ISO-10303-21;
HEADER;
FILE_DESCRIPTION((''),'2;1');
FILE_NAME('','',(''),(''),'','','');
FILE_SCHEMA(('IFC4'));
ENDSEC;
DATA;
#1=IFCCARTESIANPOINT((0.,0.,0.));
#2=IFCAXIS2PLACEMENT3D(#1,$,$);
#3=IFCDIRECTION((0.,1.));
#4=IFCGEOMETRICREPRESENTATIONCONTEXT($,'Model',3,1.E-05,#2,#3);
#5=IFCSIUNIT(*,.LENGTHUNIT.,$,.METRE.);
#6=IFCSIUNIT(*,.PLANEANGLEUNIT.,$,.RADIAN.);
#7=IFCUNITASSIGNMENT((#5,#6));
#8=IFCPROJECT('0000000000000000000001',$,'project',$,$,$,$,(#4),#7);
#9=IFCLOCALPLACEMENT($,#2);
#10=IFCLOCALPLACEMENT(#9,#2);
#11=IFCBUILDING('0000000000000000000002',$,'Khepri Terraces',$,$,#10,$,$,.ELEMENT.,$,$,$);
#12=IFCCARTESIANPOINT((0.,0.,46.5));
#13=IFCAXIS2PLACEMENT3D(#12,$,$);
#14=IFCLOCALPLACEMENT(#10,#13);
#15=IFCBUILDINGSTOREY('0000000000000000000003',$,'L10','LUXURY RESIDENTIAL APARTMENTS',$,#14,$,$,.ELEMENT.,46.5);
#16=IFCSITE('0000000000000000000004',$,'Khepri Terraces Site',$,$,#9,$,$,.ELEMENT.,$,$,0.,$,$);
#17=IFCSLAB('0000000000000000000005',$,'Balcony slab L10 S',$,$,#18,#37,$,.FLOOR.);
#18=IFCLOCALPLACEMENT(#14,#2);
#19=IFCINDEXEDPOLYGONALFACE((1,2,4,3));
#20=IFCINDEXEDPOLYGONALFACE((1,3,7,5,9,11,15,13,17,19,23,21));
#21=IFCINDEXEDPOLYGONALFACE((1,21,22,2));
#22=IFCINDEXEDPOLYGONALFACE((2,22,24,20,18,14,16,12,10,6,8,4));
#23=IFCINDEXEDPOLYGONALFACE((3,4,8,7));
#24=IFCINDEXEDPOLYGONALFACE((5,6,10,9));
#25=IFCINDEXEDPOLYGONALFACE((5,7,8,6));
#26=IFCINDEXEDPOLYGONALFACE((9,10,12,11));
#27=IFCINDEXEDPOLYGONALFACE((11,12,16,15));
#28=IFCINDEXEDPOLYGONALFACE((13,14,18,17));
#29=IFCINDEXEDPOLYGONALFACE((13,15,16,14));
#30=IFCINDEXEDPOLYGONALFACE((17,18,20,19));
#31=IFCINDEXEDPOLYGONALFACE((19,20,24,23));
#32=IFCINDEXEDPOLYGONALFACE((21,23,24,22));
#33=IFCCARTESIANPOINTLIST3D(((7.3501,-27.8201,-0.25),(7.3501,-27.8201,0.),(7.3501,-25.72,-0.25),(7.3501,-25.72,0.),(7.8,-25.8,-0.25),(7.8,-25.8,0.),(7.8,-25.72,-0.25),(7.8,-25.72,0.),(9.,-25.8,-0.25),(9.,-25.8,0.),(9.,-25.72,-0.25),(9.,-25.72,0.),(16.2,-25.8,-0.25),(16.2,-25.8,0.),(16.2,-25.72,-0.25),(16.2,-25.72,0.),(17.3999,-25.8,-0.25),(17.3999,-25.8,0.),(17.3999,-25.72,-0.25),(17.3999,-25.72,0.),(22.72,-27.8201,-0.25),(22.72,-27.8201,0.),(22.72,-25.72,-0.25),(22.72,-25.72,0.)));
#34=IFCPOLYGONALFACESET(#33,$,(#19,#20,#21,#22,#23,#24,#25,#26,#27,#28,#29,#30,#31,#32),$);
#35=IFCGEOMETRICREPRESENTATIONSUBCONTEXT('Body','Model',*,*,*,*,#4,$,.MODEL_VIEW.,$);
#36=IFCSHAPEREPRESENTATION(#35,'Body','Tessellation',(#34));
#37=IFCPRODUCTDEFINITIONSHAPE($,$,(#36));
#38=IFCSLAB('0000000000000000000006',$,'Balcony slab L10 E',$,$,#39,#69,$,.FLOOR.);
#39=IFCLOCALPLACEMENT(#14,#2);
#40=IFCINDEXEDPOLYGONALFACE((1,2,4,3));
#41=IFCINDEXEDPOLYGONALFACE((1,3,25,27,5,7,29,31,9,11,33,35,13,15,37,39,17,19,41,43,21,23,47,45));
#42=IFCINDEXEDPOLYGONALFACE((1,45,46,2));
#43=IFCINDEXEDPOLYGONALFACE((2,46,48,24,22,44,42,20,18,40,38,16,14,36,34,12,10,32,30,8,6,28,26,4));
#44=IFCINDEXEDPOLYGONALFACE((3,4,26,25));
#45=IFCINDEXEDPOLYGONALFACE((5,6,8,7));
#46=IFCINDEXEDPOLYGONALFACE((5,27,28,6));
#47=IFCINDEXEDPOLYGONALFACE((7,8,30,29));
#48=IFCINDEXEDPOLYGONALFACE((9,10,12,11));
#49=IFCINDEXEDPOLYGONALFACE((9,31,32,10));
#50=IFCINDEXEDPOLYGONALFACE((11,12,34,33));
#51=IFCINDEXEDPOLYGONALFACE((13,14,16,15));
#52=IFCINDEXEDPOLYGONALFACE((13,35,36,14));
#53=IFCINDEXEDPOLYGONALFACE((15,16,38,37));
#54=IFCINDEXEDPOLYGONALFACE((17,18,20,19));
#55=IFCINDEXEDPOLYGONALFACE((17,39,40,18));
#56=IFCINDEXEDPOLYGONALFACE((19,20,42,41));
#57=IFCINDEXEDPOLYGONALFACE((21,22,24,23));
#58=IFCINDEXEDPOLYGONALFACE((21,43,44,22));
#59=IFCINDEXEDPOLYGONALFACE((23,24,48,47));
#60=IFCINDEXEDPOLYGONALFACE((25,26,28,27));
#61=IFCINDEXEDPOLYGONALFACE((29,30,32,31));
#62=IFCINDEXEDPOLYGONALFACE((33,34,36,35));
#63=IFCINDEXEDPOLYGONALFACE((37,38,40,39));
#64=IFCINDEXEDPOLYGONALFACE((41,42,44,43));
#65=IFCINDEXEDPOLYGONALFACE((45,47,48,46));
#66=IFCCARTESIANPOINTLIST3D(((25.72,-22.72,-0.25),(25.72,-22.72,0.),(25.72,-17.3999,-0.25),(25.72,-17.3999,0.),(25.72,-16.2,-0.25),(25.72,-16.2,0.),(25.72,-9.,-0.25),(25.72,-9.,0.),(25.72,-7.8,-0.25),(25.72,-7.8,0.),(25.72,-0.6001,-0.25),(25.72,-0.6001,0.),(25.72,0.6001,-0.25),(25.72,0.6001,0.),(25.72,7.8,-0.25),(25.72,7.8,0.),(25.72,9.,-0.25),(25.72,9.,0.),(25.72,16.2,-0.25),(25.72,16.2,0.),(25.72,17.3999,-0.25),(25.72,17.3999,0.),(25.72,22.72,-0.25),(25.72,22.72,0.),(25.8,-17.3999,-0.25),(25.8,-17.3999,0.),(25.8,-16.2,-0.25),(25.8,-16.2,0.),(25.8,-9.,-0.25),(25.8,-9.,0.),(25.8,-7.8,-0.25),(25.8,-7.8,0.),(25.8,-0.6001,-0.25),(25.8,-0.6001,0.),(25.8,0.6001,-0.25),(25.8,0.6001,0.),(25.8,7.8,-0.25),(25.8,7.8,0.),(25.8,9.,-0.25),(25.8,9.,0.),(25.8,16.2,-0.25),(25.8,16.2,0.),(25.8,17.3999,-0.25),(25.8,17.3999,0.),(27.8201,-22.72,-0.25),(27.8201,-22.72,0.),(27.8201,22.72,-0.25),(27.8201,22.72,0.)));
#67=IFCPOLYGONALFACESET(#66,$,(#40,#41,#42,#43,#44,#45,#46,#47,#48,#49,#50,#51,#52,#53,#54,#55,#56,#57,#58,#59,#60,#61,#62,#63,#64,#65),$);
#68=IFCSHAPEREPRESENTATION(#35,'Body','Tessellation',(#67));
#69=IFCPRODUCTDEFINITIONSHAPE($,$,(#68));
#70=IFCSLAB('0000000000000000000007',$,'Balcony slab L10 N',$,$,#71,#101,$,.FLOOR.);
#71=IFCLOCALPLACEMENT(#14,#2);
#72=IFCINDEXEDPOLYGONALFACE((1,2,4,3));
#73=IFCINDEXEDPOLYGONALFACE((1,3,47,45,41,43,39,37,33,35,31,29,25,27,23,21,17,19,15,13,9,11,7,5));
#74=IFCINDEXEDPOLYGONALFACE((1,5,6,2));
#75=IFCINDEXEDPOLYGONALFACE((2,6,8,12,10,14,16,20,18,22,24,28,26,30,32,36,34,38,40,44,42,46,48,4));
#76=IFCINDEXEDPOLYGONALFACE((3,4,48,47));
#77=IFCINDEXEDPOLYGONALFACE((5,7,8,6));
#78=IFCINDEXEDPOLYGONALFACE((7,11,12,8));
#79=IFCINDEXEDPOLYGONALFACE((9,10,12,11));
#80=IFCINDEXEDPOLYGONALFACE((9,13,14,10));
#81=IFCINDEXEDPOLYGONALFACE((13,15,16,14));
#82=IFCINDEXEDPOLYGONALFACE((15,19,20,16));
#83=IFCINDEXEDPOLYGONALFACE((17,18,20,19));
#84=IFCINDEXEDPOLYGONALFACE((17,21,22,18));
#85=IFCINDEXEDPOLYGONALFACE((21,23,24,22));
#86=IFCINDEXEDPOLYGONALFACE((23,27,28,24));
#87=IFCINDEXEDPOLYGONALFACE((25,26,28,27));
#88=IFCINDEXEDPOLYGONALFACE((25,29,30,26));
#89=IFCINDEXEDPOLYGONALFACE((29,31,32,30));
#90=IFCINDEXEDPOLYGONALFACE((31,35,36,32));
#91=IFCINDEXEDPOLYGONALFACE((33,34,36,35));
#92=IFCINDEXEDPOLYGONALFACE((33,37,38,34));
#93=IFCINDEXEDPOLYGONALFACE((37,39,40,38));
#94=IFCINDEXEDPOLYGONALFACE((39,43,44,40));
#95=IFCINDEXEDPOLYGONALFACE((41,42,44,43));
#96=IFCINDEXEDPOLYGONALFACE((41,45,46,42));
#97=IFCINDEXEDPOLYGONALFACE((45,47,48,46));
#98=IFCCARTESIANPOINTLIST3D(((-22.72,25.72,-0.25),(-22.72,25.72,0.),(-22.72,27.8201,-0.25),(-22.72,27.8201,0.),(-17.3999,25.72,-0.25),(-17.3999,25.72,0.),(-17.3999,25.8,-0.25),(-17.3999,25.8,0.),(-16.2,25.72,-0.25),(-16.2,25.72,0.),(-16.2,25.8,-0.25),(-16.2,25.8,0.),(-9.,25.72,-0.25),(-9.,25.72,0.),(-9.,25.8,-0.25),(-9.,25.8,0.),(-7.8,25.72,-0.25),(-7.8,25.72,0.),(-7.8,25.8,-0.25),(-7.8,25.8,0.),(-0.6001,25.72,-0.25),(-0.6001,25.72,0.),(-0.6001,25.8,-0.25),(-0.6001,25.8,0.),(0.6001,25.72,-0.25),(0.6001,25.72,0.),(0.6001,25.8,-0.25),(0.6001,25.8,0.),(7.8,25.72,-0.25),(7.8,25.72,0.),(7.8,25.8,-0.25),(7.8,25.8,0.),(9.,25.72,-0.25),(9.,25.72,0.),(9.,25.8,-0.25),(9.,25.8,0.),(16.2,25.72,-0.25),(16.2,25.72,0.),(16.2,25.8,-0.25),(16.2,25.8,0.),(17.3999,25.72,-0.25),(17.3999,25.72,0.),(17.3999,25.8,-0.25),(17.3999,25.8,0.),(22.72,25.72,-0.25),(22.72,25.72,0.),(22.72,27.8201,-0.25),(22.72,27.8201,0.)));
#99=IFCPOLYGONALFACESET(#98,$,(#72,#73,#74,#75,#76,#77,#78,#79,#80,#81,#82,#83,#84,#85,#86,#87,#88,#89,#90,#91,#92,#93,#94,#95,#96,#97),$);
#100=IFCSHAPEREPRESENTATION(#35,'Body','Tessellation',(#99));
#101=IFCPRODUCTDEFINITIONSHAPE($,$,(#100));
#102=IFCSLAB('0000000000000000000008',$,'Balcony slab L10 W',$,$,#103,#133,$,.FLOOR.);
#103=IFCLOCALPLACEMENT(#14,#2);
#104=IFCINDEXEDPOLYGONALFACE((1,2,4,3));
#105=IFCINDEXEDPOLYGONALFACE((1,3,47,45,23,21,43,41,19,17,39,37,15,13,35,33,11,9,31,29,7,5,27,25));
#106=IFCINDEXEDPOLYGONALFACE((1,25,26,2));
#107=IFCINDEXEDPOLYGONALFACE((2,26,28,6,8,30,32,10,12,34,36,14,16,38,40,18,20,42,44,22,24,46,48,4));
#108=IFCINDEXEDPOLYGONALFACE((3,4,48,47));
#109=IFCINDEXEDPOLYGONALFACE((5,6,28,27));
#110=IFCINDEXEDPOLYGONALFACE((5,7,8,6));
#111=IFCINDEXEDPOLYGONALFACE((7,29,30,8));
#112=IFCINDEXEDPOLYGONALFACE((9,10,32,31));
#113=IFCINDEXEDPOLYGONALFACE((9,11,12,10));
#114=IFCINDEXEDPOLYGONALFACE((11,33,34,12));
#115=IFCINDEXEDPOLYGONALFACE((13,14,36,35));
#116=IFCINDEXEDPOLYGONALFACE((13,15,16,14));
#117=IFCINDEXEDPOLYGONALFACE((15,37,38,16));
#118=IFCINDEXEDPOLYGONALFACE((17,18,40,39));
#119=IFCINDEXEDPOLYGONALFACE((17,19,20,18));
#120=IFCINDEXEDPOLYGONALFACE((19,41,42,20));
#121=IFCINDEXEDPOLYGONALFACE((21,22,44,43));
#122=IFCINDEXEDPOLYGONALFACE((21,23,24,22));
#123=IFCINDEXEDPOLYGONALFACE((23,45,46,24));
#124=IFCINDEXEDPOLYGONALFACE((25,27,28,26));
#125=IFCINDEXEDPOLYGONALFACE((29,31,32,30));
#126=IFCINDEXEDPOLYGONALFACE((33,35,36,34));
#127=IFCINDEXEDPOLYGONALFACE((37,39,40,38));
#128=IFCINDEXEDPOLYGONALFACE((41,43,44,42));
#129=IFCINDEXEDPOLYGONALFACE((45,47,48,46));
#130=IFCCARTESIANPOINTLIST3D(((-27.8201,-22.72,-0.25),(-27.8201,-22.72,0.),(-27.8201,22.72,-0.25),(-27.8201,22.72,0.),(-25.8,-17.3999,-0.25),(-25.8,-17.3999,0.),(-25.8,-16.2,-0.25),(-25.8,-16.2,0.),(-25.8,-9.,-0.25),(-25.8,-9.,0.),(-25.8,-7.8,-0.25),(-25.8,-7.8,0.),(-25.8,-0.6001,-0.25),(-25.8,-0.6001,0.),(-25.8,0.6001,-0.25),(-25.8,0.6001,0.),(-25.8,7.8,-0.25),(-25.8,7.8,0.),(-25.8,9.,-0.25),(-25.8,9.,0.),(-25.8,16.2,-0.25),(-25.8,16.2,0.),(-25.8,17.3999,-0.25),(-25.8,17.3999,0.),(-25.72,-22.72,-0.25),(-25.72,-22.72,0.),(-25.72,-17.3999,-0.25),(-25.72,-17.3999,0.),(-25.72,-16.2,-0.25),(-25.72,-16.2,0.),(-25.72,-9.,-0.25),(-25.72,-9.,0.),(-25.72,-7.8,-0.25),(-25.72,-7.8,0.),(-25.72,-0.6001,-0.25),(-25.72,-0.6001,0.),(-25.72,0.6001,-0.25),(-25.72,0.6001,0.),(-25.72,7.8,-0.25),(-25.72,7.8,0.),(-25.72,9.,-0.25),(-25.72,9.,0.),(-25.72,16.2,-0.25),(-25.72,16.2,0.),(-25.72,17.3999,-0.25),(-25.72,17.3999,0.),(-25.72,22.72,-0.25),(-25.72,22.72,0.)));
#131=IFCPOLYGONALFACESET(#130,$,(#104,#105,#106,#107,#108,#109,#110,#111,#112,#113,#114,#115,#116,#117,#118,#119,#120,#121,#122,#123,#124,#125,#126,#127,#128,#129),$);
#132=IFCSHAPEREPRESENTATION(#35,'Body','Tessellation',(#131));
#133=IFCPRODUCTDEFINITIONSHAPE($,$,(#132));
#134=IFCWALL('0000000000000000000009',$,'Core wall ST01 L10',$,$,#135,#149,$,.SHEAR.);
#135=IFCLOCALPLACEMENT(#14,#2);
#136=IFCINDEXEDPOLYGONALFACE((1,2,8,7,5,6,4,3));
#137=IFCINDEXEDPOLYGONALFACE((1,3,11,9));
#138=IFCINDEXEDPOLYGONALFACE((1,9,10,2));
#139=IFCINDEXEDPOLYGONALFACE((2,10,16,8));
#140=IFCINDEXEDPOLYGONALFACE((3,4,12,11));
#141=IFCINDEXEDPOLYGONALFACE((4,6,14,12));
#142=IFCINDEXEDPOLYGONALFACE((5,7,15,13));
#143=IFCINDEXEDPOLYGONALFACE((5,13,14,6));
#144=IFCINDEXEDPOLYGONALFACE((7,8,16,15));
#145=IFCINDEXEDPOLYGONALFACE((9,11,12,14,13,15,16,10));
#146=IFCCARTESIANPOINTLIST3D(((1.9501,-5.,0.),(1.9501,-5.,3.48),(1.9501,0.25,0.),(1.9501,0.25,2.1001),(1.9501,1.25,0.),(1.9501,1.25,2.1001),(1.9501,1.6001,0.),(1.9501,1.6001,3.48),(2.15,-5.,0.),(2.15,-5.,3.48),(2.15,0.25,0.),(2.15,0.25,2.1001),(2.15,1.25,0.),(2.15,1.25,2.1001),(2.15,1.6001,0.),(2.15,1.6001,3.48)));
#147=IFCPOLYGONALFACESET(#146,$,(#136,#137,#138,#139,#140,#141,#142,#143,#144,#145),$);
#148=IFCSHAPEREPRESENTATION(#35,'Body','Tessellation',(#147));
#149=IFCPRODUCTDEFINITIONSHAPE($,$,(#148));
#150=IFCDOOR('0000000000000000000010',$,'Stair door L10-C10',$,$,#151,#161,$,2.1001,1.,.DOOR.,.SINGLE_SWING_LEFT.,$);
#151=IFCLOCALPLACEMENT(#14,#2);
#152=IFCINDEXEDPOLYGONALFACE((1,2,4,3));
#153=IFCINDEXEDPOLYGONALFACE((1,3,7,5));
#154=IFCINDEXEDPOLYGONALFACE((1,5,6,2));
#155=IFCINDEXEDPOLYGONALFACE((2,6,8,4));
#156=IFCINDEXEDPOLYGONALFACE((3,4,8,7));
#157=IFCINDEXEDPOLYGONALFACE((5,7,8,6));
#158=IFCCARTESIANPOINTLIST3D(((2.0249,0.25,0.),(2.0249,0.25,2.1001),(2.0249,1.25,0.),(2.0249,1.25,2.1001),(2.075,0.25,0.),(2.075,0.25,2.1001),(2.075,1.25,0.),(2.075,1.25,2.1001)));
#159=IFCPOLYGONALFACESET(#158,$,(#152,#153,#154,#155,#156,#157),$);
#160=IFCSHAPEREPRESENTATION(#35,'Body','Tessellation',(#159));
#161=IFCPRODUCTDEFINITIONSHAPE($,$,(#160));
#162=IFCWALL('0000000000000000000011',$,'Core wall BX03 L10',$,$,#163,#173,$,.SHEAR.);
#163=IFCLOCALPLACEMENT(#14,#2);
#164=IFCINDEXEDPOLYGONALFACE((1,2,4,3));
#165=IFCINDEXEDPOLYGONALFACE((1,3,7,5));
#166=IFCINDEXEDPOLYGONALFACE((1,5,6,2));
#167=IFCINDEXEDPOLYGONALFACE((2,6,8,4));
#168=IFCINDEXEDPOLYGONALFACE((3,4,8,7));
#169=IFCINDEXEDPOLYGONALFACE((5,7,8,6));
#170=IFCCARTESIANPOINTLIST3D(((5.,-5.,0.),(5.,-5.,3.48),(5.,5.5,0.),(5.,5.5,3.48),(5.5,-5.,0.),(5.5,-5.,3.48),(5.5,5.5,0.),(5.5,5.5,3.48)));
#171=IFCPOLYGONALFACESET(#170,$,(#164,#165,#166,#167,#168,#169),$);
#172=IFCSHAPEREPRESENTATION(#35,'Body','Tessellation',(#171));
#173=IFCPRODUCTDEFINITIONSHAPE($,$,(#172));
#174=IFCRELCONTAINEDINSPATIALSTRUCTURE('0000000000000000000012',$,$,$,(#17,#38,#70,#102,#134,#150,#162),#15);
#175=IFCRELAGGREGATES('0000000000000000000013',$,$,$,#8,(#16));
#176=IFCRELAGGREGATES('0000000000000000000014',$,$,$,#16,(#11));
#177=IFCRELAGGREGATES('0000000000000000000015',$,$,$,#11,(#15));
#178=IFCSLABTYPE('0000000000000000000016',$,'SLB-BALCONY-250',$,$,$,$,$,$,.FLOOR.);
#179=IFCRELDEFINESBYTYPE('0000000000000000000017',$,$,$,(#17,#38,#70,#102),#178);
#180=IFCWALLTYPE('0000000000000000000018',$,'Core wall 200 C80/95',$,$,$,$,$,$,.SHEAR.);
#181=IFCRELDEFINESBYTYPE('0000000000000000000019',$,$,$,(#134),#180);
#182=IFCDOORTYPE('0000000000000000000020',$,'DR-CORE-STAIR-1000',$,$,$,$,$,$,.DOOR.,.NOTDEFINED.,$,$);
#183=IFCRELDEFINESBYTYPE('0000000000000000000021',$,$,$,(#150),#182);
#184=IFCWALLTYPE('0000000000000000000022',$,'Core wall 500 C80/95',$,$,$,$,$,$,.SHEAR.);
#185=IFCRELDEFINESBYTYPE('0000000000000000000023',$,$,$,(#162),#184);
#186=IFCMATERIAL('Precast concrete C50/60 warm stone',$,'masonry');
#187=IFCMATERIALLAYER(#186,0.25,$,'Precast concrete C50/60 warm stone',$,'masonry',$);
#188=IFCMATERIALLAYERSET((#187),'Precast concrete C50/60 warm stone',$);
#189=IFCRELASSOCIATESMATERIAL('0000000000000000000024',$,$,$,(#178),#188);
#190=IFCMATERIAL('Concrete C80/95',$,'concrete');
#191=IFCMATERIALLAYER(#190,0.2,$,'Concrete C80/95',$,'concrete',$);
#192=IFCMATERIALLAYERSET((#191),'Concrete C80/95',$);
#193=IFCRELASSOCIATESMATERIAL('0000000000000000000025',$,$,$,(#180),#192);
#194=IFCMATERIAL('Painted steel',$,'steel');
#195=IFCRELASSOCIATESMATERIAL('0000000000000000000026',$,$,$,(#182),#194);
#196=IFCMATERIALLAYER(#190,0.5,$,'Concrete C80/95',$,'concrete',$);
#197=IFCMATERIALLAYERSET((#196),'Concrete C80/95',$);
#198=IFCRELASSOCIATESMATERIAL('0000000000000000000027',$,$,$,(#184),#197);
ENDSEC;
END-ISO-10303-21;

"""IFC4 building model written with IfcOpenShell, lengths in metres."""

from ifc_helpers import new_model, si_unit, direction, frame, frame_2d, origin, place, context, subcontext, project, spatial, polyline, rectangle, outline, extrude, material, layer, layer_set, type_object, element, fill, save


model = new_model("IFC4")

# Units and contexts
model_context = context("Model", 3, precision=1e-05, world=origin(), true_north=direction((0.0, 1.0)))
body_context = subcontext(model_context, "Body", "Model", "MODEL_VIEW")
ifc_project = project(units=[si_unit("LENGTHUNIT", "METRE"), si_unit("PLANEANGLEUNIT", "RADIAN")], contexts=[model_context])

# Site, building, storey
site_placement = place(None, origin())
site = spatial("IfcSite", under=ifc_project, at=site_placement, Name="Khepri Terraces Site", CompositionType="ELEMENT", RefElevation=0.0)
building_placement = place(site_placement, origin())
building = spatial("IfcBuilding", under=site, at=building_placement, Name="Khepri Terraces", CompositionType="ELEMENT")
storey_placement = place(building_placement, frame((0.0, 0.0, 46.5)))
storey = spatial("IfcBuildingStorey", under=building, at=storey_placement, Name="L10", Description="LUXURY RESIDENTIAL APARTMENTS", CompositionType="ELEMENT", Elevation=46.5)

# Slabs
ifc_material_1 = material(Name="Precast concrete C50/60 warm stone", Category="masonry")
ifc_layer_1 = layer(ifc_material_1, 0.25, Name="Precast concrete C50/60 warm stone", Category="masonry")
ifc_layer_set_1 = layer_set([ifc_layer_1], Name="Precast concrete C50/60 warm stone")
slab_type = type_object("IfcSlabType", Name="SLB-BALCONY-250", PredefinedType="FLOOR", material=ifc_layer_set_1)
slab_1_placement = place(storey_placement, frame((0.0, 0.0, -0.25)))
element("IfcSlab", 1, at=slab_1_placement, inside=storey, type_object=slab_type, Name="Balcony slab L10 S", PredefinedType="FLOOR", context=body_context, shape_type="SweptSolid", body=[
    extrude(outline(polyline([(7.8, -25.72), (7.3501, -25.72), (7.3501, -27.8201), (22.72, -27.8201), (22.72, -25.72), (17.3999, -25.72), (17.3999, -25.8), (16.2, -25.8), (16.2, -25.72), (9.0, -25.72), (9.0, -25.8), (7.8, -25.8), (7.8, -25.72)])), origin(), (0.0, 0.0, 1.0), 0.25),
])
slab_2_placement = place(storey_placement, frame((0.0, 0.0, -0.25)))
element("IfcSlab", 2, at=slab_2_placement, inside=storey, type_object=slab_type, Name="Balcony slab L10 E", PredefinedType="FLOOR", context=body_context, shape_type="SweptSolid", body=[
    extrude(outline(polyline([(25.72, -17.3999), (25.72, -22.72), (27.8201, -22.72), (27.8201, 22.72), (25.72, 22.72), (25.72, 17.3999), (25.8, 17.3999), (25.8, 16.2), (25.72, 16.2), (25.72, 9.0), (25.8, 9.0), (25.8, 7.8), (25.72, 7.8), (25.72, 0.6001), (25.8, 0.6001), (25.8, -0.6001), (25.72, -0.6001), (25.72, -7.8), (25.8, -7.8), (25.8, -9.0), (25.72, -9.0), (25.72, -16.2), (25.8, -16.2), (25.8, -17.3999), (25.72, -17.3999)])), origin(), (0.0, 0.0, 1.0), 0.25),
])
slab_3_placement = place(storey_placement, frame((0.0, 0.0, -0.25)))
element("IfcSlab", 3, at=slab_3_placement, inside=storey, type_object=slab_type, Name="Balcony slab L10 N", PredefinedType="FLOOR", context=body_context, shape_type="SweptSolid", body=[
    extrude(outline(polyline([(17.3999, 25.72), (22.72, 25.72), (22.72, 27.8201), (-22.72, 27.8201), (-22.72, 25.72), (-17.3999, 25.72), (-17.3999, 25.8), (-16.2, 25.8), (-16.2, 25.72), (-9.0, 25.72), (-9.0, 25.8), (-7.8, 25.8), (-7.8, 25.72), (-0.6001, 25.72), (-0.6001, 25.8), (0.6001, 25.8), (0.6001, 25.72), (7.8, 25.72), (7.8, 25.8), (9.0, 25.8), (9.0, 25.72), (16.2, 25.72), (16.2, 25.8), (17.3999, 25.8), (17.3999, 25.72)])), origin(), (0.0, 0.0, 1.0), 0.25),
])
slab_4_placement = place(storey_placement, frame((0.0, 0.0, -0.25)))
element("IfcSlab", 4, at=slab_4_placement, inside=storey, type_object=slab_type, Name="Balcony slab L10 W", PredefinedType="FLOOR", context=body_context, shape_type="SweptSolid", body=[
    extrude(outline(polyline([(-25.72, 17.3999), (-25.72, 22.72), (-27.8201, 22.72), (-27.8201, -22.72), (-25.72, -22.72), (-25.72, -17.3999), (-25.8, -17.3999), (-25.8, -16.2), (-25.72, -16.2), (-25.72, -9.0), (-25.8, -9.0), (-25.8, -7.8), (-25.72, -7.8), (-25.72, -0.6001), (-25.8, -0.6001), (-25.8, 0.6001), (-25.72, 0.6001), (-25.72, 7.8), (-25.8, 7.8), (-25.8, 9.0), (-25.72, 9.0), (-25.72, 16.2), (-25.8, 16.2), (-25.8, 17.3999), (-25.72, 17.3999)])), origin(), (0.0, 0.0, 1.0), 0.25),
])

# Wall, opening, door
ifc_material_2 = material(Name="Concrete C80/95", Category="concrete")
ifc_layer_2 = layer(ifc_material_2, 0.2, Name="Concrete C80/95", Category="concrete")
ifc_layer_set_2 = layer_set([ifc_layer_2], Name="Concrete C80/95")
wall_type_1 = type_object("IfcWallType", Name="Core wall 200 C80/95", PredefinedType="SHEAR", material=ifc_layer_set_2)
wall_1_placement = place(storey_placement, frame((2.05, -5.0, 0.0), z_axis=(0.0, 0.0, 1.0), x_axis=(0.0, 1.0, 0.0)))
wall_1 = element("IfcWall", 5, at=wall_1_placement, inside=storey, type_object=wall_type_1, Name="Core wall ST01 L10", PredefinedType="SHEAR", context=body_context, shape_type="SweptSolid", body=[
    extrude(rectangle(XDim=6.6001, YDim=0.2, at=frame_2d((3.3, 0.0))), origin(), (0.0, 0.0, 1.0), 3.48),
])
opening_placement = place(wall_1_placement, frame((5.25, 0.0, 0.0)))
opening = element("IfcOpeningElement", 6, at=opening_placement, cuts=wall_1, PredefinedType="OPENING", context=body_context, shape_type="SweptSolid", body=[
    extrude(rectangle(XDim=1.0, YDim=2.1001, at=frame_2d((0.5, 1.05))), frame((0.0, 0.1099, 0.0), z_axis=(0.0, -1.0, 0.0), x_axis=(1.0, 0.0, 0.0)), (0.0, 0.0, 1.0), 0.22),
])
ifc_material_3 = material(Name="Painted steel", Category="steel")
door_type = type_object("IfcDoorType", Name="DR-CORE-STAIR-1000", OperationType="NOTDEFINED", PredefinedType="DOOR", material=ifc_material_3)
door_placement = place(opening_placement, frame((1.0, 0.0, 0.0), z_axis=(0.0, 0.0, 1.0), x_axis=(-1.0, 0.0, 0.0)))
door = element("IfcDoor", 7, at=door_placement, inside=storey, type_object=door_type, Name="Stair door L10-C10", OperationType="SINGLE_SWING_LEFT", OverallHeight=2.1001, OverallWidth=1.0, PredefinedType="DOOR", context=body_context, shape_type="SweptSolid", body=[
    extrude(rectangle(XDim=1.0, YDim=2.1001, at=frame_2d((0.5, 1.05))), frame((0.0, 0.0249, 0.0), z_axis=(0.0, -1.0, 0.0), x_axis=(1.0, 0.0, 0.0)), (0.0, 0.0, 1.0), 0.05),
])
fill(opening, door)

# Wall
ifc_layer_3 = layer(ifc_material_2, 0.5, Name="Concrete C80/95", Category="concrete")
ifc_layer_set_3 = layer_set([ifc_layer_3], Name="Concrete C80/95")
wall_type_2 = type_object("IfcWallType", Name="Core wall 500 C80/95", PredefinedType="SHEAR", material=ifc_layer_set_3)
wall_2_placement = place(storey_placement, frame((5.25, -5.0, 0.0), z_axis=(0.0, 0.0, 1.0), x_axis=(0.0, 1.0, 0.0)))
element("IfcWall", 8, at=wall_2_placement, inside=storey, type_object=wall_type_2, Name="Core wall BX03 L10", PredefinedType="SHEAR", context=body_context, shape_type="SweptSolid", body=[
    extrude(rectangle(XDim=10.5, YDim=0.5, at=frame_2d((5.25, 0.0))), origin(), (0.0, 0.0, 1.0), 3.48),
])

save(model, "model.ifc")
